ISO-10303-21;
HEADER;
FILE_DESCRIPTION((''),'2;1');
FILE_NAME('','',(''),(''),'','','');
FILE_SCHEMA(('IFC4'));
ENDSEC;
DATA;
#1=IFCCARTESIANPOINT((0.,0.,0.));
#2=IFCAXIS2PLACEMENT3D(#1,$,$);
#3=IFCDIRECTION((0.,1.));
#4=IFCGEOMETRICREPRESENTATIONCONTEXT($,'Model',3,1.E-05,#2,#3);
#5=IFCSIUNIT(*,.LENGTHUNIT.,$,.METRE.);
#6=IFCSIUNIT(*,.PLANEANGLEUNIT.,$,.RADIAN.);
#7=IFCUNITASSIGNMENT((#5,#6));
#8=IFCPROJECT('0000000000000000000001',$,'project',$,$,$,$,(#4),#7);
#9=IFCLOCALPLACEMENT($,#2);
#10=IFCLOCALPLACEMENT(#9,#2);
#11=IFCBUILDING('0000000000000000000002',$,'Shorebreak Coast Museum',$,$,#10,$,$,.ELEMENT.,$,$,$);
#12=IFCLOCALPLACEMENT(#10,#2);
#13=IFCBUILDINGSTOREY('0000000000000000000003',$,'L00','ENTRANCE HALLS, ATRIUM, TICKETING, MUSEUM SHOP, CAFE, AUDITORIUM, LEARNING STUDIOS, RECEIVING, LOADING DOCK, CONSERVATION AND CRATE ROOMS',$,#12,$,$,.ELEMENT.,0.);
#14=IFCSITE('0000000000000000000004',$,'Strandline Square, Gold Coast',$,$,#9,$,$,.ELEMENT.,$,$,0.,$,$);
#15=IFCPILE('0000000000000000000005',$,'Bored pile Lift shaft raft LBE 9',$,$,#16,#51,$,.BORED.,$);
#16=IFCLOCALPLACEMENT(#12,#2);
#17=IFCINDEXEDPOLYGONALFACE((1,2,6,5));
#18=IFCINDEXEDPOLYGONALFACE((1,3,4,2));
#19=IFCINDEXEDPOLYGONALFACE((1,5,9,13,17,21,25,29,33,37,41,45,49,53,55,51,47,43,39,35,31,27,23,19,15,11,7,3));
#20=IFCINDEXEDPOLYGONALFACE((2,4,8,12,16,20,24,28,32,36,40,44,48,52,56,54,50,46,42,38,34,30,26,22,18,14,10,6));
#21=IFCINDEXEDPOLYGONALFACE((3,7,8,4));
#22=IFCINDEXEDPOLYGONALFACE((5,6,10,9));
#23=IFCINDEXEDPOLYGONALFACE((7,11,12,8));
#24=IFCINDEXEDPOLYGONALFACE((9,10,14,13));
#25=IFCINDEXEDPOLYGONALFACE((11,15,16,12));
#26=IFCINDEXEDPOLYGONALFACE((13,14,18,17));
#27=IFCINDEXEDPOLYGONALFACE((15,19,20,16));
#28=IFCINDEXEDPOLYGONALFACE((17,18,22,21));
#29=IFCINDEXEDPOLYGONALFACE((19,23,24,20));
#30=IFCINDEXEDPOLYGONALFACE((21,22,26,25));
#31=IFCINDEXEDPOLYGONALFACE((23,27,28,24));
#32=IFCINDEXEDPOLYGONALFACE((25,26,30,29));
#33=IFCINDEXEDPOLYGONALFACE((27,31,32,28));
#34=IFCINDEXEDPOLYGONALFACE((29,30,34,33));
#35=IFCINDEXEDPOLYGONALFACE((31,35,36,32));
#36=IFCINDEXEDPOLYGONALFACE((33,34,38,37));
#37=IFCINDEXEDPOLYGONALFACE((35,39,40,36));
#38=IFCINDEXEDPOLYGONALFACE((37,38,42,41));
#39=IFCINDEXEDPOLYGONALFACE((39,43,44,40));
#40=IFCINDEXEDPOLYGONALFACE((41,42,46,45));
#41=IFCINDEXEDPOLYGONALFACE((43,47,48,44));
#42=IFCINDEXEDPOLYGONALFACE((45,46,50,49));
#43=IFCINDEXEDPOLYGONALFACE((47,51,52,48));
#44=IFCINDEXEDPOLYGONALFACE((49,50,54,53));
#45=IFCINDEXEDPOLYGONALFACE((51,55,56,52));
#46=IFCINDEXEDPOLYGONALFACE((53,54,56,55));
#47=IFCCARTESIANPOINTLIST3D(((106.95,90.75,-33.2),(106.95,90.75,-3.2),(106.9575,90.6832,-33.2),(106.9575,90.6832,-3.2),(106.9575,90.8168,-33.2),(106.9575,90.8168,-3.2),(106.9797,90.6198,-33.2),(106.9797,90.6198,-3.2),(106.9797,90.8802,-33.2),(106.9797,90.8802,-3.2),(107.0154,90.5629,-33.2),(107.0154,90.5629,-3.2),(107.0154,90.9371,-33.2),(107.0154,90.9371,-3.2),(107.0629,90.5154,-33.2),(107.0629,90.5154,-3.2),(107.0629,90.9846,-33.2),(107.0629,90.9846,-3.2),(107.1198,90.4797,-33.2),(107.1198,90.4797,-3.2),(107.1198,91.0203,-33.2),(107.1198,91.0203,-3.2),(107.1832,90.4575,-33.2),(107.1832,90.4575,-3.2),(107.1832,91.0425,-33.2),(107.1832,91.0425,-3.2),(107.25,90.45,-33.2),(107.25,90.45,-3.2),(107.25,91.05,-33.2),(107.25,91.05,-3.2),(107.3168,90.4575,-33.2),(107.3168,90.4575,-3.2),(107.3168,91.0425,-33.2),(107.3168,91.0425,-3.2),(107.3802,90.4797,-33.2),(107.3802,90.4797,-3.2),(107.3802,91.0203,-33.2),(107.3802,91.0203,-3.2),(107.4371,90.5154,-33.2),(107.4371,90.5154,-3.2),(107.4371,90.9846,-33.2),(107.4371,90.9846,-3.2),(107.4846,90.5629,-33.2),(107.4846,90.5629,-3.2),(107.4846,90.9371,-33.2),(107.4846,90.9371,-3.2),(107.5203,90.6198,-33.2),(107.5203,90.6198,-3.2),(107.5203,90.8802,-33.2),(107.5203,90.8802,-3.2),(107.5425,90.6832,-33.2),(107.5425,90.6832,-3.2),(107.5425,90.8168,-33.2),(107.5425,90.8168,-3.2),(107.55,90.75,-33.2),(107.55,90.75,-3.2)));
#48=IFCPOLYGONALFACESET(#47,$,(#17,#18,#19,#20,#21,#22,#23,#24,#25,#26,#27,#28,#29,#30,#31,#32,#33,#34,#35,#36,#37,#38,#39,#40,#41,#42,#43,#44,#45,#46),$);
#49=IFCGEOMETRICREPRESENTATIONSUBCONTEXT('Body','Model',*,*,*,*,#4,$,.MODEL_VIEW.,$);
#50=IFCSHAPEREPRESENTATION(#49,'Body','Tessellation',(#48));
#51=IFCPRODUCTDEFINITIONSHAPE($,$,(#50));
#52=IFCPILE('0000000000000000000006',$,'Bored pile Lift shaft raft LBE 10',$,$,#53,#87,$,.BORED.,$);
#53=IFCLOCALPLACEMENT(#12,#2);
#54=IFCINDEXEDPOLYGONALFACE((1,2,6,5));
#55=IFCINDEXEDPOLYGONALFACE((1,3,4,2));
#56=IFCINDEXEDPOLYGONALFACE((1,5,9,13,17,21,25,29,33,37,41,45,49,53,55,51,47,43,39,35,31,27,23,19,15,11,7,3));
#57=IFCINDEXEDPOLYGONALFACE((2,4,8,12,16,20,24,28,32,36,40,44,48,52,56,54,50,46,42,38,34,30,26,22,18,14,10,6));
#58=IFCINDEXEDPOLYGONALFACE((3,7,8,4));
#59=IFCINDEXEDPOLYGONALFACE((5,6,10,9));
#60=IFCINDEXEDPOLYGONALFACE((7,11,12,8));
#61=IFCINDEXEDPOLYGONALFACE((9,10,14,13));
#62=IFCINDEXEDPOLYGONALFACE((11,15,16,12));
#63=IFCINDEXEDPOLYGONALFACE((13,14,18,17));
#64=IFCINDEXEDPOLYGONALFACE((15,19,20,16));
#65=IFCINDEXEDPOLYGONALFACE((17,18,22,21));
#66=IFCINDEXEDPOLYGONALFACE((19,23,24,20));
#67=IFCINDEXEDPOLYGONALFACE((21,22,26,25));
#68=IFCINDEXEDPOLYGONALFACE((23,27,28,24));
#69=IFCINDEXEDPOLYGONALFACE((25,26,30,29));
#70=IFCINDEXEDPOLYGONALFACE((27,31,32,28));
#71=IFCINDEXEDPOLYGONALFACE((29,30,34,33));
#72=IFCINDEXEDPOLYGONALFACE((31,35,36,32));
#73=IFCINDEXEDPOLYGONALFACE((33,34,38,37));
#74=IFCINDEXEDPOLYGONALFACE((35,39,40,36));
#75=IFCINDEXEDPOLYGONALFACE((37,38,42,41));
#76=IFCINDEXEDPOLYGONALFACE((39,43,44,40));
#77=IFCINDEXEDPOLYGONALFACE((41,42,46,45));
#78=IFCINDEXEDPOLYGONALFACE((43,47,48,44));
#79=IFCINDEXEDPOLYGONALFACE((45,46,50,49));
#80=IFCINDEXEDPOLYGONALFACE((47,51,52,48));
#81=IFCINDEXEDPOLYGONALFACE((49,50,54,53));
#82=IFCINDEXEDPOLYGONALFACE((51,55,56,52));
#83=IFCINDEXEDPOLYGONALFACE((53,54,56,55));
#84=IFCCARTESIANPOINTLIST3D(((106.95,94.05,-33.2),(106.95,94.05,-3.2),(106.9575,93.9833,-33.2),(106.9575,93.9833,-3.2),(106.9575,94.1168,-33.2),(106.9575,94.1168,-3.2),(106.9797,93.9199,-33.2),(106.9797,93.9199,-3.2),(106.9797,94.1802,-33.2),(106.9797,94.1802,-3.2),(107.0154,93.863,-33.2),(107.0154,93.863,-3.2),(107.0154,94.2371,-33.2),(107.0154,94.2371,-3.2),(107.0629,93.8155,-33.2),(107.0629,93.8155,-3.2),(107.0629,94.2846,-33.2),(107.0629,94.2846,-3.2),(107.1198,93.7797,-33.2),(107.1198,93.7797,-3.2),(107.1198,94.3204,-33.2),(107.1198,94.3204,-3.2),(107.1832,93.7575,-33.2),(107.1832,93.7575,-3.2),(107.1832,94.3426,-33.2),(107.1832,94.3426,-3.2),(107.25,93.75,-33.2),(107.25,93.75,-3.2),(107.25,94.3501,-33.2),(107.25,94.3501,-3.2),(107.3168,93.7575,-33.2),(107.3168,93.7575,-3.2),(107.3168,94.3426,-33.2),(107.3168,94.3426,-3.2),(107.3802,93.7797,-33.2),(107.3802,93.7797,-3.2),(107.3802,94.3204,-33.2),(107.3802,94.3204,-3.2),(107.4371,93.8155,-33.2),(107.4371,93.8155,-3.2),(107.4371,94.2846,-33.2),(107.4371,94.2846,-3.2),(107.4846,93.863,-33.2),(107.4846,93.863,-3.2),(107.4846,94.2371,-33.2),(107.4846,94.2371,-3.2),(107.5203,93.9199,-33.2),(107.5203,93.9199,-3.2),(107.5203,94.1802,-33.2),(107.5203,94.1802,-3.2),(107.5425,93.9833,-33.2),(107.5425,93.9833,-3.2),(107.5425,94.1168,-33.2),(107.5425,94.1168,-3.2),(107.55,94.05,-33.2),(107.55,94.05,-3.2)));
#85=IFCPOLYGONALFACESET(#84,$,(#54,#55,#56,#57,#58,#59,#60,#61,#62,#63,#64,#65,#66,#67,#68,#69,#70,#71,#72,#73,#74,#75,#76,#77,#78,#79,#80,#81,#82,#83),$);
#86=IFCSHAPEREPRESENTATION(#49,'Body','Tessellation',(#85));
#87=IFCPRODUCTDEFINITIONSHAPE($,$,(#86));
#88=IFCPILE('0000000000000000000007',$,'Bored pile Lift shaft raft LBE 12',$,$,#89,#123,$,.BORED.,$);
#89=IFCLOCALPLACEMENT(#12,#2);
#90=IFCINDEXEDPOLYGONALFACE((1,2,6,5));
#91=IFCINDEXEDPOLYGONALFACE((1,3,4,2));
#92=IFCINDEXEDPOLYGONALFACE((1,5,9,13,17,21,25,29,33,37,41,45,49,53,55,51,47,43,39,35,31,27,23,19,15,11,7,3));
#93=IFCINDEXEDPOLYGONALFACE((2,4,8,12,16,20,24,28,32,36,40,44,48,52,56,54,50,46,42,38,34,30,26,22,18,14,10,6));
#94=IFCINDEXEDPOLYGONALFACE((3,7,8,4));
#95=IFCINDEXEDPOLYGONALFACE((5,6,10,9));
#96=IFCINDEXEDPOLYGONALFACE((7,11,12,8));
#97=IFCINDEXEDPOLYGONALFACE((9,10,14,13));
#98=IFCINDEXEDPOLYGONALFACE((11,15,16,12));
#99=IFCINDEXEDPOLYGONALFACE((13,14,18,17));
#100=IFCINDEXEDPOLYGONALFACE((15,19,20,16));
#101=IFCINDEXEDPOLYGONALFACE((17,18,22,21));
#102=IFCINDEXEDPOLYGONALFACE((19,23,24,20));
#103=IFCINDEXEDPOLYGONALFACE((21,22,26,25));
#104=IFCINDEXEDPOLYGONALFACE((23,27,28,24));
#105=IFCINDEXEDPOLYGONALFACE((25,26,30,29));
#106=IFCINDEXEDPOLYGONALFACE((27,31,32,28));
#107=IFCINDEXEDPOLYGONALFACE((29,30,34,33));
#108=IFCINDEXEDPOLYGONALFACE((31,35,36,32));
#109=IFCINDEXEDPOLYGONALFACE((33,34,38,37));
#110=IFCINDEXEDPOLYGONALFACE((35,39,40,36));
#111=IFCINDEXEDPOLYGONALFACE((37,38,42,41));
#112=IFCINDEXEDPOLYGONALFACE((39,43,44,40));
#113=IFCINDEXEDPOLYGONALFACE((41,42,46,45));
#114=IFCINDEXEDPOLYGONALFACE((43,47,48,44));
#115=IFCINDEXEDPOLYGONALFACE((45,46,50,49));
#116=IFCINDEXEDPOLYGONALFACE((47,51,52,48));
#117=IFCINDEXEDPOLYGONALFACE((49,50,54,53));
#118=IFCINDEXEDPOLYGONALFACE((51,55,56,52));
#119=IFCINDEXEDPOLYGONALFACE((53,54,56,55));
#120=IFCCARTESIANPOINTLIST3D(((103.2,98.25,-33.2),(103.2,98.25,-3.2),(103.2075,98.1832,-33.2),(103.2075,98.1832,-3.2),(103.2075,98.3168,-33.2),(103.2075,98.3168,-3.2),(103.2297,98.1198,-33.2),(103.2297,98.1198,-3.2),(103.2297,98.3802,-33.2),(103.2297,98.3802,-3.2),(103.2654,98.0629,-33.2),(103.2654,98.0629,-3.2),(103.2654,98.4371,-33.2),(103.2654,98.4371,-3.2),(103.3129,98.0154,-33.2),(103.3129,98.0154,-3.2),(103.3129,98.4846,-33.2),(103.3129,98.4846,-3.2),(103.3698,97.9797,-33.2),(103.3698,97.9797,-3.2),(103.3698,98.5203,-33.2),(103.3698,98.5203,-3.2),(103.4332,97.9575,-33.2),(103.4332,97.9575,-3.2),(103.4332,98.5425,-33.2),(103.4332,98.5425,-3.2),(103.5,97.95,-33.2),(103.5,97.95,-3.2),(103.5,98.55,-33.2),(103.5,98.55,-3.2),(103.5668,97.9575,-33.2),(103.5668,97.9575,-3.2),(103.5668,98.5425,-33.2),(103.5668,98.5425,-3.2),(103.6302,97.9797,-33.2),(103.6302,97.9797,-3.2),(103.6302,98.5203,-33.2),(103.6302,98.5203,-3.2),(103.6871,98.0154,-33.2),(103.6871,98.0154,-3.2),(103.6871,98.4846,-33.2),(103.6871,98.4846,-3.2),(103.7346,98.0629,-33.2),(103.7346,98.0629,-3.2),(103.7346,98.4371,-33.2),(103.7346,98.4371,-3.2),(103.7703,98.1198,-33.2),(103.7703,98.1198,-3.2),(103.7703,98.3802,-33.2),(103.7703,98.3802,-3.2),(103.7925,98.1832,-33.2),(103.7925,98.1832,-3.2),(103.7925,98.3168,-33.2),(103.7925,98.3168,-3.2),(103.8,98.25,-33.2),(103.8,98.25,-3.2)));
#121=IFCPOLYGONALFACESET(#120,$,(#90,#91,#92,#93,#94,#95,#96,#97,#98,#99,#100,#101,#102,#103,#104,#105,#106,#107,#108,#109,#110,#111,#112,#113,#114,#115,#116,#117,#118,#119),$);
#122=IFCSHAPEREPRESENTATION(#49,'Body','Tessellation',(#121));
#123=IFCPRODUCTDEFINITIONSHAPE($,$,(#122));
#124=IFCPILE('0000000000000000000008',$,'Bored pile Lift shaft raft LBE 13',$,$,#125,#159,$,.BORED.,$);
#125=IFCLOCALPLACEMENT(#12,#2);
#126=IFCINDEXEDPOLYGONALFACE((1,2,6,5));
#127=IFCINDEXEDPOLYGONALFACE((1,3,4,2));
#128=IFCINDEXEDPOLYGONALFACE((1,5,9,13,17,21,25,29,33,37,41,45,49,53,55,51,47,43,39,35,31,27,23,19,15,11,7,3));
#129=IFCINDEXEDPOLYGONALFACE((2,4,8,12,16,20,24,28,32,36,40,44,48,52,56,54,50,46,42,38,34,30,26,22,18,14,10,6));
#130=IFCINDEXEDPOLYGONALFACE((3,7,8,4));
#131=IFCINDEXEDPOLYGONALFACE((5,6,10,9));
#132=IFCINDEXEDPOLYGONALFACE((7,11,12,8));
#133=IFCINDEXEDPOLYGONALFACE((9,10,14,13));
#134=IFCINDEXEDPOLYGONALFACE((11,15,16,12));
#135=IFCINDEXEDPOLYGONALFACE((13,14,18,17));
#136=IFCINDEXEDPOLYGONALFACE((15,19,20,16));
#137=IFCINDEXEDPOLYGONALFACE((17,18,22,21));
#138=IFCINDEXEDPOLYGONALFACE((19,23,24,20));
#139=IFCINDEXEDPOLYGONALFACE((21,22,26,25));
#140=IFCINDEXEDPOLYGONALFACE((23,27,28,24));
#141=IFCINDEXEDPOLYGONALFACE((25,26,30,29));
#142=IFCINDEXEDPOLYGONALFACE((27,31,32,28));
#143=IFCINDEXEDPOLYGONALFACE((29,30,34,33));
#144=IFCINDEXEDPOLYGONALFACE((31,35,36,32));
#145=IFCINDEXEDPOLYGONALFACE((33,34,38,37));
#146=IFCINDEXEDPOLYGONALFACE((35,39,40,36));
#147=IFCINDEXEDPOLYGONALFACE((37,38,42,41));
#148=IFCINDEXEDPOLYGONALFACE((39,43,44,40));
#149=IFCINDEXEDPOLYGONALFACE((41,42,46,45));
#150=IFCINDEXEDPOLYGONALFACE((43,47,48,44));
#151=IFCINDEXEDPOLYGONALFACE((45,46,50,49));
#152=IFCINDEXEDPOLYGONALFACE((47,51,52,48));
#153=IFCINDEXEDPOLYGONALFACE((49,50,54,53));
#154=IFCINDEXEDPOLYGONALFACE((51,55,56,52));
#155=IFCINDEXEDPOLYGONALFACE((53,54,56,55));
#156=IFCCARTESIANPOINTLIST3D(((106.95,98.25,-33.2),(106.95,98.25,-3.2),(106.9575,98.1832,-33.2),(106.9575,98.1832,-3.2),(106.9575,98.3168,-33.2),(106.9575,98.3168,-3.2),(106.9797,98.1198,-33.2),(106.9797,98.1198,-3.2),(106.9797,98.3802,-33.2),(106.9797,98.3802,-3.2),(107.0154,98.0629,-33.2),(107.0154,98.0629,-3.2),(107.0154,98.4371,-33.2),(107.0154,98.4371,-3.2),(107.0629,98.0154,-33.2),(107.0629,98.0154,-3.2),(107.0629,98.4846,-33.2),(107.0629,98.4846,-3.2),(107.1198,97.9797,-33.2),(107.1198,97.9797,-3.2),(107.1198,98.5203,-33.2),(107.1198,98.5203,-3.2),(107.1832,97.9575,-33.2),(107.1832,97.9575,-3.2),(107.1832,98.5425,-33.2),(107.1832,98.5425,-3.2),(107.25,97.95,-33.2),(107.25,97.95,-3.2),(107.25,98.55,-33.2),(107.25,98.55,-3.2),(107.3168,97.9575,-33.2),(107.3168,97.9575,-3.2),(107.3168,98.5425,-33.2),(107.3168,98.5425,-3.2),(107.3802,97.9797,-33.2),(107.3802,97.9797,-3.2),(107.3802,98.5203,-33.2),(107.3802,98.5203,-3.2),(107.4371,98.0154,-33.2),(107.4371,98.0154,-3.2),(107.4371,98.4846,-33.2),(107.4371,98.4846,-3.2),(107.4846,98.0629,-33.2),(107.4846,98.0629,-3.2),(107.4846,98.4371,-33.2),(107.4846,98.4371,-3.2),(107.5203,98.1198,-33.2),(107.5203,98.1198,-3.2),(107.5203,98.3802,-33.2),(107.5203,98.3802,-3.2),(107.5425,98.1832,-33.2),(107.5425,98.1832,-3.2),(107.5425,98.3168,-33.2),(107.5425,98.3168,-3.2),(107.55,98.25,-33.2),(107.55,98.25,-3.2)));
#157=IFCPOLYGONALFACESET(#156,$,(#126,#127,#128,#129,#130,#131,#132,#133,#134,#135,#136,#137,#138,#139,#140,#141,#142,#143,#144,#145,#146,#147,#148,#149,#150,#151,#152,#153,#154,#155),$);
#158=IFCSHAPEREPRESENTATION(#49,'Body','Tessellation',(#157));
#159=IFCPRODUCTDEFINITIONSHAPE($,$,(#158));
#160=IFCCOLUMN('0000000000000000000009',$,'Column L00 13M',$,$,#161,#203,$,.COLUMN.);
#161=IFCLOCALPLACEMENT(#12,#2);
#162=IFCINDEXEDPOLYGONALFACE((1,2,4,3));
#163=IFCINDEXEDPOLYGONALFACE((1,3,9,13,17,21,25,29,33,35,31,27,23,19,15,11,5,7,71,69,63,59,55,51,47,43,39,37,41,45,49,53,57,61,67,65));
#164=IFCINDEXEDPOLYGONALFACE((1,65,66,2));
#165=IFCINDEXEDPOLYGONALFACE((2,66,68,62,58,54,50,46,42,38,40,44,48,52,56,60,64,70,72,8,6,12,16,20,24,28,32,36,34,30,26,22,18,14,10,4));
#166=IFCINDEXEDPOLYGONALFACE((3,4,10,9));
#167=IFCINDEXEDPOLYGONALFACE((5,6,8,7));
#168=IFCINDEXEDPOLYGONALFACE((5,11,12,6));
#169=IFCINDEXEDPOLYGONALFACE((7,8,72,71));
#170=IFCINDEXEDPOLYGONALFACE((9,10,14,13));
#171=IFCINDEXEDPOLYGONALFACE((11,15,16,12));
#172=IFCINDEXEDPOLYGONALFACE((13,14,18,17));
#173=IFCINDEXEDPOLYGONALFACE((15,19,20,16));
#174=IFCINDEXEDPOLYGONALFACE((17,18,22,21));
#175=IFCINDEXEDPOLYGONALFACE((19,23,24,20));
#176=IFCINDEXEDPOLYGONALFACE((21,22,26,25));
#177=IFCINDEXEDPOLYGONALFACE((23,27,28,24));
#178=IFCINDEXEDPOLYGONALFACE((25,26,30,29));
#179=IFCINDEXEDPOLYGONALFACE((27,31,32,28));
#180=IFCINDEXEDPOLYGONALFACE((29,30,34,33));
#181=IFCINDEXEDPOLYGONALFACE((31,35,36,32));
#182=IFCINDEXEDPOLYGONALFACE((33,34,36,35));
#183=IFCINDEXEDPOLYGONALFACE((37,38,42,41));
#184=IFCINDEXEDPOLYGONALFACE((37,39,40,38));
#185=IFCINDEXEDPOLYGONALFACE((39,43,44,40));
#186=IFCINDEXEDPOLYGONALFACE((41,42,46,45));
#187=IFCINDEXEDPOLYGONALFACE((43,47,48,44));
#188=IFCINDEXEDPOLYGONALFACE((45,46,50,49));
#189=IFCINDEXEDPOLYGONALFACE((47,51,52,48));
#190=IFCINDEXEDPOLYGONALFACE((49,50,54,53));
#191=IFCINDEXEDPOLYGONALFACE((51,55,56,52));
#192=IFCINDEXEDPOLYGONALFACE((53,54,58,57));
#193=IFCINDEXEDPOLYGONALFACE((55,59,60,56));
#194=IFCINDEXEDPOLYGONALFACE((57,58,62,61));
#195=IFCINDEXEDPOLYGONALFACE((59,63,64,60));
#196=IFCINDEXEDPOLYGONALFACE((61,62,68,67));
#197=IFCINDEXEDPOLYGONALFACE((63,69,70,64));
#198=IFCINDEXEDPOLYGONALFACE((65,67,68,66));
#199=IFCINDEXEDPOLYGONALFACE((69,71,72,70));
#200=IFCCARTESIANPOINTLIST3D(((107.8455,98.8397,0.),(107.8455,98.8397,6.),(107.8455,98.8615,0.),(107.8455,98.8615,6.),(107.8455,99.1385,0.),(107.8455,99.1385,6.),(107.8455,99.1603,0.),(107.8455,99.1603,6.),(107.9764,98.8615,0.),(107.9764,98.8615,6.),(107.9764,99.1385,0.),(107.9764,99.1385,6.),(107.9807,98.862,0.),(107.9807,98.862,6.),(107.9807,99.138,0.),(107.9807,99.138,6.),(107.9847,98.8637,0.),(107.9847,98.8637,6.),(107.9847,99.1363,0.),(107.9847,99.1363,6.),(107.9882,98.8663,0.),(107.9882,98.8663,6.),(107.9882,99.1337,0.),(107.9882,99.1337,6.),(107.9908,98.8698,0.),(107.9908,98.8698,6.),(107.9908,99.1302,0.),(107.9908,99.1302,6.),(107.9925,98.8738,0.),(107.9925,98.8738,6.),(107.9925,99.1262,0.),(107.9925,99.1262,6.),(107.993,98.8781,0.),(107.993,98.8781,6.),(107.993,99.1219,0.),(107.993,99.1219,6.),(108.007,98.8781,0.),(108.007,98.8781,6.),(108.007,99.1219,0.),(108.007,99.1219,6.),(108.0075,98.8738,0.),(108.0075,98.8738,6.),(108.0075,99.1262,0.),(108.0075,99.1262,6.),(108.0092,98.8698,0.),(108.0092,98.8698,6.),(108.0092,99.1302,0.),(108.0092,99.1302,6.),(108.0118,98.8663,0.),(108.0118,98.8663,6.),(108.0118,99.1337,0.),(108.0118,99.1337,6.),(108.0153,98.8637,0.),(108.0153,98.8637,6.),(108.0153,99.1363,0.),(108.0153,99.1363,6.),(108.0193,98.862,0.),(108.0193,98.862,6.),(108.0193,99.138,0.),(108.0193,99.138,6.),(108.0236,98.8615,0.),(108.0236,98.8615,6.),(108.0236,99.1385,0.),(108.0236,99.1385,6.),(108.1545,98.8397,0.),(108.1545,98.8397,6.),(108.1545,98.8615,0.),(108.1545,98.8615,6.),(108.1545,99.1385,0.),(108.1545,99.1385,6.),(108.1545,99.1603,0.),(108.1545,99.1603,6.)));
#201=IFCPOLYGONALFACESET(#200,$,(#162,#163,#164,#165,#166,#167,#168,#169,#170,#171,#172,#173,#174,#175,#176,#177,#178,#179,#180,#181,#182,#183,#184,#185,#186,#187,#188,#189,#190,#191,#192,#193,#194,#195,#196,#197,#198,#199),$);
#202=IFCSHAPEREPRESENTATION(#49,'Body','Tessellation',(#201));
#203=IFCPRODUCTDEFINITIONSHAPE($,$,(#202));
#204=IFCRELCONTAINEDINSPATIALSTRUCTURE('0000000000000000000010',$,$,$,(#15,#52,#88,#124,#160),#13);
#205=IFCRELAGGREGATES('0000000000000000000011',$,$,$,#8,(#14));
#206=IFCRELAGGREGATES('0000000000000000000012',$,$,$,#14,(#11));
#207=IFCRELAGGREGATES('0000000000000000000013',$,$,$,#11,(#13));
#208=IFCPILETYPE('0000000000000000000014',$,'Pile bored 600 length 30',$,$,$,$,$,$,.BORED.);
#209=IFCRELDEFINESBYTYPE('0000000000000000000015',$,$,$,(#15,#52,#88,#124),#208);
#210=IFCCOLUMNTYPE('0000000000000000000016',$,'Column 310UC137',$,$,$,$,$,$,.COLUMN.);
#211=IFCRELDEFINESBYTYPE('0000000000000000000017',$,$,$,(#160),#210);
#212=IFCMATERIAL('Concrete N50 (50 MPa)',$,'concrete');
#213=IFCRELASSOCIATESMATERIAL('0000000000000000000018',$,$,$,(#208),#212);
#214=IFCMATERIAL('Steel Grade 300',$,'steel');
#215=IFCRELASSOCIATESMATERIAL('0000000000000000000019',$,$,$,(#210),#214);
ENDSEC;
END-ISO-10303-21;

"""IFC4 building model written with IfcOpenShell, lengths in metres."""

from ifc_helpers import new_model, si_unit, direction, frame, origin, origin_2d, place, context, subcontext, project, spatial, circle, i_section, extrude, material, material_profile, profile_set, type_object, element, save


model = new_model("IFC4")

# Units and contexts
model_context = context("Model", 3, precision=1e-05, world=origin(), true_north=direction((0.0, 1.0)))
body_context = subcontext(model_context, "Body", "Model", "MODEL_VIEW")
ifc_project = project(units=[si_unit("LENGTHUNIT", "METRE"), si_unit("PLANEANGLEUNIT", "RADIAN")], contexts=[model_context])

# Site, building, storey
site_placement = place(None, origin())
site = spatial("IfcSite", under=ifc_project, at=site_placement, Name="Strandline Square, Gold Coast", CompositionType="ELEMENT", RefElevation=0.0)
building_placement = place(site_placement, origin())
building = spatial("IfcBuilding", under=site, at=building_placement, Name="Shorebreak Coast Museum", CompositionType="ELEMENT")
storey_placement = place(building_placement, origin())
storey = spatial("IfcBuildingStorey", under=building, at=storey_placement, Name="L00", Description="ENTRANCE HALLS, ATRIUM, TICKETING, MUSEUM SHOP, CAFE, AUDITORIUM, LEARNING STUDIOS, RECEIVING, LOADING DOCK, CONSERVATION AND CRATE ROOMS", CompositionType="ELEMENT", Elevation=0.0)

# Piles
ifc_material_1 = material(Name="Concrete N50 (50 MPa)", Category="concrete")
ifc_material_profile_1 = material_profile(ifc_material_1, circle(Radius=0.3, at=origin_2d()), Name="Pile bored 600 length 30")
ifc_profile_set_1 = profile_set([ifc_material_profile_1], Name="Concrete N50 (50 MPa)")
pile_type = type_object("IfcPileType", Name="Pile bored 600 length 30", PredefinedType="BORED", material=ifc_profile_set_1)
for number, where, z_axis, x_axis, name in (
    (1, (107.25, 90.75, -3.2), (0.0, 0.0, -1.0), (1.0, 0.0, 0.0), "Bored pile Lift shaft raft LBE 9"),
    (2, (107.25, 94.05, -3.2), (0.0, 0.0, -1.0), (1.0, 0.0, 0.0), "Bored pile Lift shaft raft LBE 10"),
    (3, (103.5, 98.25, -3.2), (0.0, 0.0, -1.0), (1.0, 0.0, 0.0), "Bored pile Lift shaft raft LBE 12"),
    (4, (107.25, 98.25, -3.2), (0.0, 0.0, -1.0), (1.0, 0.0, 0.0), "Bored pile Lift shaft raft LBE 13"),
):
    element("IfcPile", number, at=place(storey_placement, frame(where, z_axis=z_axis, x_axis=x_axis)), inside=storey, type_object=pile_type, Name=name, PredefinedType="BORED", context=body_context, shape_type="SweptSolid", body=[
        extrude(circle(Radius=0.3, at=origin_2d()), origin(), (0.0, 0.0, 1.0), 30.0),
    ])

# Column
ifc_material_2 = material(Name="Steel Grade 300", Category="steel")
ifc_material_profile_2 = material_profile(ifc_material_2, i_section(OverallWidth=0.3091, OverallDepth=0.3206, WebThickness=0.0139, FlangeThickness=0.0217, FilletRadius=0.0166, at=origin_2d()), Name="310UC137")
ifc_profile_set_2 = profile_set([ifc_material_profile_2], Name="Steel Grade 300")
column_type = type_object("IfcColumnType", Name="Column 310UC137", PredefinedType="COLUMN", material=ifc_profile_set_2)
column_placement = place(storey_placement, frame((108.0, 99.0, 0.0), z_axis=(0.0, 0.0, 1.0), x_axis=(1.0, 0.0, 0.0)))
element("IfcColumn", 5, at=column_placement, inside=storey, type_object=column_type, Name="Column L00 13M", PredefinedType="COLUMN", context=body_context, shape_type="SweptSolid", body=[
    extrude(i_section(OverallWidth=0.3091, OverallDepth=0.3206, WebThickness=0.0139, FlangeThickness=0.0217, FilletRadius=0.0166, at=origin_2d()), origin(), (0.0, 0.0, 1.0), 6.0),
])

save(model, "model.ifc")
